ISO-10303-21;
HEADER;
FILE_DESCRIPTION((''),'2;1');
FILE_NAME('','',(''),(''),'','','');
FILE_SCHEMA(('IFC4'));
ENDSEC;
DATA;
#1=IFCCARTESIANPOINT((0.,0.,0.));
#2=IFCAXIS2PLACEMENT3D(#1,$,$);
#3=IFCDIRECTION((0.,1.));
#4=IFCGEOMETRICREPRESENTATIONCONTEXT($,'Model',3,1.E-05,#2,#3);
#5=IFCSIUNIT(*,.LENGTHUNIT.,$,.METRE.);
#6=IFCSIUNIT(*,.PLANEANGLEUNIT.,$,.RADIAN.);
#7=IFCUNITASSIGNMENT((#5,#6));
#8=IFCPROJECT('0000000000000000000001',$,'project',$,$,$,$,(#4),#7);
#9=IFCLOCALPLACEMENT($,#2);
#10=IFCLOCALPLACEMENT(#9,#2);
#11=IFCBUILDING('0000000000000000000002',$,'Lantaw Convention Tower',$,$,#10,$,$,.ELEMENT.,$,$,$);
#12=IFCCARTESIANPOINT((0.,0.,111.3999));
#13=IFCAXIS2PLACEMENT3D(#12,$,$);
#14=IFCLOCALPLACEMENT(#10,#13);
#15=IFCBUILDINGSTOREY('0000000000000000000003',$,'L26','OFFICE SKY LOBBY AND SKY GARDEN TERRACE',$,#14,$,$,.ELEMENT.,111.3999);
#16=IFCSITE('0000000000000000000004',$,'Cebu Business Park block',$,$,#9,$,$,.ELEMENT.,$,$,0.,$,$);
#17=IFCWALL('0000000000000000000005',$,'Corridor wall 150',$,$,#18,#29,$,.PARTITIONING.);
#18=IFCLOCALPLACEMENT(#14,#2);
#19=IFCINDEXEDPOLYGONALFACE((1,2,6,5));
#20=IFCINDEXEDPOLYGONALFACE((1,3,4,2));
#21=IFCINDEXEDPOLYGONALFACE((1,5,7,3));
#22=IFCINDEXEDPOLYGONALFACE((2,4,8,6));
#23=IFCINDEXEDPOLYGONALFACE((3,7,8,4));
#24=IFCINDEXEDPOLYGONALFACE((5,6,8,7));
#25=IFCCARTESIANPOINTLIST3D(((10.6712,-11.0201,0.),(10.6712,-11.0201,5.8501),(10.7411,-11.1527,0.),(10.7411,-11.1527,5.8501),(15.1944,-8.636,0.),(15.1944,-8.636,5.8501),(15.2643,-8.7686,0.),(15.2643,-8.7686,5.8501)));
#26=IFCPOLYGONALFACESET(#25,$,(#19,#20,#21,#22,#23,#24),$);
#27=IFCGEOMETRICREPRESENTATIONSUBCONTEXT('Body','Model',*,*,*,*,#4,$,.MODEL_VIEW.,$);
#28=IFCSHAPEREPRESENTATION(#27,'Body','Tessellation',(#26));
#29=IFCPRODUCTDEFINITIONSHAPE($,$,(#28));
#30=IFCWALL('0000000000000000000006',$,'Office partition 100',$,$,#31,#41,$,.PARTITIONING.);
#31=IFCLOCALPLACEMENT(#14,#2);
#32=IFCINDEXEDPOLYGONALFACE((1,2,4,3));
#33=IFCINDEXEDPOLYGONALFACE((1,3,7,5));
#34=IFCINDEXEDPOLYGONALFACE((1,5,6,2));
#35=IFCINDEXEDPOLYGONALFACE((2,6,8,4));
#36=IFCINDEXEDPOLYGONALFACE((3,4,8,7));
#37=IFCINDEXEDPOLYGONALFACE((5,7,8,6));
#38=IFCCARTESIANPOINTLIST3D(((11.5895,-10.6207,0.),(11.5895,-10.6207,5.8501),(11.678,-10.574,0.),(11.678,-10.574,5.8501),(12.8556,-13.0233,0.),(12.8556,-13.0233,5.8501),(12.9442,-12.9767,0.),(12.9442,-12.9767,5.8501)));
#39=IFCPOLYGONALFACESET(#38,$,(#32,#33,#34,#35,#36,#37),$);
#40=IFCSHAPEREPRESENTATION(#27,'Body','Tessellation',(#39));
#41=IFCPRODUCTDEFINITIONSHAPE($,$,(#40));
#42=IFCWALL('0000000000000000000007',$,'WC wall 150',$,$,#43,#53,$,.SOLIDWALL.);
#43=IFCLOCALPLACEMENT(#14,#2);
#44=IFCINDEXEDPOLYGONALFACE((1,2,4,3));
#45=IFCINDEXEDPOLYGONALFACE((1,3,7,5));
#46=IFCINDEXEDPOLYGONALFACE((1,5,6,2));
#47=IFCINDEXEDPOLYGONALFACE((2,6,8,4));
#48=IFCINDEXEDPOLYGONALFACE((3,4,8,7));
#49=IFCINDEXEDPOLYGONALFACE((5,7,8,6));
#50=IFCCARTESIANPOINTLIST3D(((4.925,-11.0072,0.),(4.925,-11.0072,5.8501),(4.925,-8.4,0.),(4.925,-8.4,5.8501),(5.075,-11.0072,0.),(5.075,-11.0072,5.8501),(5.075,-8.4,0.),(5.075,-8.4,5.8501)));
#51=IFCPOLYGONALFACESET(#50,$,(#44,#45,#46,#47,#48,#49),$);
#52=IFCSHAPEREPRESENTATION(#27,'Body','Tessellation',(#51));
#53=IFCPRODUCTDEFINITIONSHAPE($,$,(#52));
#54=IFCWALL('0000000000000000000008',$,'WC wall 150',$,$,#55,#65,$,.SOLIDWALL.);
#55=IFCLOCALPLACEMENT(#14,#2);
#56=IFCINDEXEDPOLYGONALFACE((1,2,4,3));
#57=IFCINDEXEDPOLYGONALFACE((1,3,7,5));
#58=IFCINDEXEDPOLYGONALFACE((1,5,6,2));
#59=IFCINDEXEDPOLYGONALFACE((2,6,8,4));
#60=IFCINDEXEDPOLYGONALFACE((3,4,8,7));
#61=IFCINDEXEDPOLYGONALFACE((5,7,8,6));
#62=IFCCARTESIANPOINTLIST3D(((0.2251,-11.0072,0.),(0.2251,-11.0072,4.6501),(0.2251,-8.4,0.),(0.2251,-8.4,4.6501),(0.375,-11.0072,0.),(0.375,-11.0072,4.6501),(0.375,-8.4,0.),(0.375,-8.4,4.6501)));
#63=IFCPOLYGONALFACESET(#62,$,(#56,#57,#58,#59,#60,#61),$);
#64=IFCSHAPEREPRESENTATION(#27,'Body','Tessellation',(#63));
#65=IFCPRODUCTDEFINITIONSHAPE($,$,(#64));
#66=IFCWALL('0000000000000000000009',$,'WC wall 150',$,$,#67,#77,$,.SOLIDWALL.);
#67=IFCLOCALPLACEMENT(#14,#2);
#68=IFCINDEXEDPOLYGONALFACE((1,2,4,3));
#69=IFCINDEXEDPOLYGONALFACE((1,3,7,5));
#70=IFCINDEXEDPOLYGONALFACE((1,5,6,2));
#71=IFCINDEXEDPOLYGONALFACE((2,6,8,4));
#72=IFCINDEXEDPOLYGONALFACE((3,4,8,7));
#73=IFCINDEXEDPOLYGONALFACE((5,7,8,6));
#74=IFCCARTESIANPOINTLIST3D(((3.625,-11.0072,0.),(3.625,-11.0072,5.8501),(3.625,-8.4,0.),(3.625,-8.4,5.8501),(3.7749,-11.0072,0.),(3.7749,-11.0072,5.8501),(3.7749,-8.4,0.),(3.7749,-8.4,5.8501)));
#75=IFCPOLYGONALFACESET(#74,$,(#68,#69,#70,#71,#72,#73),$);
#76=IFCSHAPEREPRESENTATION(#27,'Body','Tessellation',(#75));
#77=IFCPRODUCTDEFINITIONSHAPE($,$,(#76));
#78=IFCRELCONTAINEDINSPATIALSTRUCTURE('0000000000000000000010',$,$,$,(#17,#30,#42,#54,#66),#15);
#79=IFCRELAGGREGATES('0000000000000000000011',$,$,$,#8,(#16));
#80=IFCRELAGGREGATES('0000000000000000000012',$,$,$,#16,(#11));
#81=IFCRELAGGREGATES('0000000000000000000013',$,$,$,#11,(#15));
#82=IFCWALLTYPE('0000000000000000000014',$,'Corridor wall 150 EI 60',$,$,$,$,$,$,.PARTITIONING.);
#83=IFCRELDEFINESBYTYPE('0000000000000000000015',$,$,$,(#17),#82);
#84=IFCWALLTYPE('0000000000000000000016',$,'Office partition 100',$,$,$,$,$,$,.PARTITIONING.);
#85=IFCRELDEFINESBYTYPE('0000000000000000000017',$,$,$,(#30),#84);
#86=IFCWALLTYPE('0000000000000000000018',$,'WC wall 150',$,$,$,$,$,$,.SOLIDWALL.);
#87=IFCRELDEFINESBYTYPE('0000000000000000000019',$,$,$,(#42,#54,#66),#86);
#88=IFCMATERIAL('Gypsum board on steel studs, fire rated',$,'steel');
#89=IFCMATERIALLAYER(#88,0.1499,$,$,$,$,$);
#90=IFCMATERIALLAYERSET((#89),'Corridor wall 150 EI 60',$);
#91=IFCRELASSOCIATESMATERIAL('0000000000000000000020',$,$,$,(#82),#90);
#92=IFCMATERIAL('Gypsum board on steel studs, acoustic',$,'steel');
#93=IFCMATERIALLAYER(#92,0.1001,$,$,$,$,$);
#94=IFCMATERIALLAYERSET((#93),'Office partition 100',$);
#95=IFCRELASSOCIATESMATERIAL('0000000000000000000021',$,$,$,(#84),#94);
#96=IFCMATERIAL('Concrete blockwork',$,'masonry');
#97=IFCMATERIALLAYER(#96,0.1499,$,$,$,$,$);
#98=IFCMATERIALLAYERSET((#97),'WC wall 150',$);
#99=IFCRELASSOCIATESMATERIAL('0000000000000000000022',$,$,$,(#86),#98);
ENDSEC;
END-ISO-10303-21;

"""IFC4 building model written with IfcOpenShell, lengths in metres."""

from ifc_helpers import new_model, si_unit, direction, frame, frame_2d, origin, place, context, subcontext, project, spatial, rectangle, extrude, material, layer, layer_set, type_object, element, save


model = new_model("IFC4")

# Units and contexts
model_context = context("Model", 3, precision=1e-05, world=origin(), true_north=direction((0.0, 1.0)))
body_context = subcontext(model_context, "Body", "Model", "MODEL_VIEW")
ifc_project = project(units=[si_unit("LENGTHUNIT", "METRE"), si_unit("PLANEANGLEUNIT", "RADIAN")], contexts=[model_context])

# Site, building, storey
site_placement = place(None, origin())
site = spatial("IfcSite", under=ifc_project, at=site_placement, Name="Cebu Business Park block", CompositionType="ELEMENT", RefElevation=0.0)
building_placement = place(site_placement, origin())
building = spatial("IfcBuilding", under=site, at=building_placement, Name="Lantaw Convention Tower", CompositionType="ELEMENT")
storey_placement = place(building_placement, frame((0.0, 0.0, 111.3999)))
storey = spatial("IfcBuildingStorey", under=building, at=storey_placement, Name="L26", Description="OFFICE SKY LOBBY AND SKY GARDEN TERRACE", CompositionType="ELEMENT", Elevation=111.3999)

# Shared definitions
ifc_material_1 = material(Name="Gypsum board on steel studs, fire rated", Category="steel")
ifc_layer_1 = layer(ifc_material_1, 0.1499)
ifc_layer_set_1 = layer_set([ifc_layer_1], Name="Corridor wall 150 EI 60")
wall_type_1 = type_object("IfcWallType", Name="Corridor wall 150 EI 60", PredefinedType="PARTITIONING", material=ifc_layer_set_1)

# Walls
wall_1_placement = place(storey_placement, frame((10.7061, -11.0864, 0.0), z_axis=(0.0, 0.0, 1.0), x_axis=(0.884644, 0.466268, 0.0)))
element("IfcWall", 1, at=wall_1_placement, inside=storey, type_object=wall_type_1, Name="Corridor wall 150", PredefinedType="PARTITIONING", context=body_context, shape_type="SweptSolid", body=[
    extrude(rectangle(XDim=5.113, YDim=0.1499, at=frame_2d((2.5566, 0.0))), origin(), (0.0, 0.0, 1.0), 5.8501),
])
ifc_material_2 = material(Name="Gypsum board on steel studs, acoustic", Category="steel")
ifc_layer_2 = layer(ifc_material_2, 0.1001)
ifc_layer_set_2 = layer_set([ifc_layer_2], Name="Office partition 100")
wall_type_2 = type_object("IfcWallType", Name="Office partition 100", PredefinedType="PARTITIONING", material=ifc_layer_set_2)
wall_2_placement = place(storey_placement, frame((12.8999, -13.0, 0.0), z_axis=(0.0, 0.0, 1.0), x_axis=(-0.466206, 0.884676, 0.0)))
element("IfcWall", 2, at=wall_2_placement, inside=storey, type_object=wall_type_2, Name="Office partition 100", PredefinedType="PARTITIONING", context=body_context, shape_type="SweptSolid", body=[
    extrude(rectangle(XDim=2.7158, YDim=0.1001, at=frame_2d((1.3579, 0.0))), origin(), (0.0, 0.0, 1.0), 5.8501),
])
ifc_material_3 = material(Name="Concrete blockwork", Category="masonry")
ifc_layer_3 = layer(ifc_material_3, 0.1499)
ifc_layer_set_3 = layer_set([ifc_layer_3], Name="WC wall 150")
wall_type_3 = type_object("IfcWallType", Name="WC wall 150", PredefinedType="SOLIDWALL", material=ifc_layer_set_3)
wall_3_placement = place(storey_placement, frame((5.0, -8.3999, 0.0), z_axis=(0.0, 0.0, 1.0), x_axis=(0.0, -1.0, 0.0)))
element("IfcWall", 3, at=wall_3_placement, inside=storey, type_object=wall_type_3, Name="WC wall 150", PredefinedType="SOLIDWALL", context=body_context, shape_type="SweptSolid", body=[
    extrude(rectangle(XDim=2.6072, YDim=0.1499, at=frame_2d((1.3037, 0.0))), origin(), (0.0, 0.0, 1.0), 5.8501),
])
wall_4_placement = place(storey_placement, frame((0.3, -8.3999, 0.0), z_axis=(0.0, 0.0, 1.0), x_axis=(0.0, -1.0, 0.0)))
element("IfcWall", 4, at=wall_4_placement, inside=storey, type_object=wall_type_3, Name="WC wall 150", PredefinedType="SOLIDWALL", context=body_context, shape_type="SweptSolid", body=[
    extrude(rectangle(XDim=2.6072, YDim=0.1499, at=frame_2d((1.3037, 0.0))), origin(), (0.0, 0.0, 1.0), 4.6501),
])
wall_5_placement = place(storey_placement, frame((3.7, -8.3999, 0.0), z_axis=(0.0, 0.0, 1.0), x_axis=(0.0, -1.0, 0.0)))
element("IfcWall", 5, at=wall_5_placement, inside=storey, type_object=wall_type_3, Name="WC wall 150", PredefinedType="SOLIDWALL", context=body_context, shape_type="SweptSolid", body=[
    extrude(rectangle(XDim=2.6072, YDim=0.1499, at=frame_2d((1.3037, 0.0))), origin(), (0.0, 0.0, 1.0), 5.8501),
])

save(model, "model.ifc")
